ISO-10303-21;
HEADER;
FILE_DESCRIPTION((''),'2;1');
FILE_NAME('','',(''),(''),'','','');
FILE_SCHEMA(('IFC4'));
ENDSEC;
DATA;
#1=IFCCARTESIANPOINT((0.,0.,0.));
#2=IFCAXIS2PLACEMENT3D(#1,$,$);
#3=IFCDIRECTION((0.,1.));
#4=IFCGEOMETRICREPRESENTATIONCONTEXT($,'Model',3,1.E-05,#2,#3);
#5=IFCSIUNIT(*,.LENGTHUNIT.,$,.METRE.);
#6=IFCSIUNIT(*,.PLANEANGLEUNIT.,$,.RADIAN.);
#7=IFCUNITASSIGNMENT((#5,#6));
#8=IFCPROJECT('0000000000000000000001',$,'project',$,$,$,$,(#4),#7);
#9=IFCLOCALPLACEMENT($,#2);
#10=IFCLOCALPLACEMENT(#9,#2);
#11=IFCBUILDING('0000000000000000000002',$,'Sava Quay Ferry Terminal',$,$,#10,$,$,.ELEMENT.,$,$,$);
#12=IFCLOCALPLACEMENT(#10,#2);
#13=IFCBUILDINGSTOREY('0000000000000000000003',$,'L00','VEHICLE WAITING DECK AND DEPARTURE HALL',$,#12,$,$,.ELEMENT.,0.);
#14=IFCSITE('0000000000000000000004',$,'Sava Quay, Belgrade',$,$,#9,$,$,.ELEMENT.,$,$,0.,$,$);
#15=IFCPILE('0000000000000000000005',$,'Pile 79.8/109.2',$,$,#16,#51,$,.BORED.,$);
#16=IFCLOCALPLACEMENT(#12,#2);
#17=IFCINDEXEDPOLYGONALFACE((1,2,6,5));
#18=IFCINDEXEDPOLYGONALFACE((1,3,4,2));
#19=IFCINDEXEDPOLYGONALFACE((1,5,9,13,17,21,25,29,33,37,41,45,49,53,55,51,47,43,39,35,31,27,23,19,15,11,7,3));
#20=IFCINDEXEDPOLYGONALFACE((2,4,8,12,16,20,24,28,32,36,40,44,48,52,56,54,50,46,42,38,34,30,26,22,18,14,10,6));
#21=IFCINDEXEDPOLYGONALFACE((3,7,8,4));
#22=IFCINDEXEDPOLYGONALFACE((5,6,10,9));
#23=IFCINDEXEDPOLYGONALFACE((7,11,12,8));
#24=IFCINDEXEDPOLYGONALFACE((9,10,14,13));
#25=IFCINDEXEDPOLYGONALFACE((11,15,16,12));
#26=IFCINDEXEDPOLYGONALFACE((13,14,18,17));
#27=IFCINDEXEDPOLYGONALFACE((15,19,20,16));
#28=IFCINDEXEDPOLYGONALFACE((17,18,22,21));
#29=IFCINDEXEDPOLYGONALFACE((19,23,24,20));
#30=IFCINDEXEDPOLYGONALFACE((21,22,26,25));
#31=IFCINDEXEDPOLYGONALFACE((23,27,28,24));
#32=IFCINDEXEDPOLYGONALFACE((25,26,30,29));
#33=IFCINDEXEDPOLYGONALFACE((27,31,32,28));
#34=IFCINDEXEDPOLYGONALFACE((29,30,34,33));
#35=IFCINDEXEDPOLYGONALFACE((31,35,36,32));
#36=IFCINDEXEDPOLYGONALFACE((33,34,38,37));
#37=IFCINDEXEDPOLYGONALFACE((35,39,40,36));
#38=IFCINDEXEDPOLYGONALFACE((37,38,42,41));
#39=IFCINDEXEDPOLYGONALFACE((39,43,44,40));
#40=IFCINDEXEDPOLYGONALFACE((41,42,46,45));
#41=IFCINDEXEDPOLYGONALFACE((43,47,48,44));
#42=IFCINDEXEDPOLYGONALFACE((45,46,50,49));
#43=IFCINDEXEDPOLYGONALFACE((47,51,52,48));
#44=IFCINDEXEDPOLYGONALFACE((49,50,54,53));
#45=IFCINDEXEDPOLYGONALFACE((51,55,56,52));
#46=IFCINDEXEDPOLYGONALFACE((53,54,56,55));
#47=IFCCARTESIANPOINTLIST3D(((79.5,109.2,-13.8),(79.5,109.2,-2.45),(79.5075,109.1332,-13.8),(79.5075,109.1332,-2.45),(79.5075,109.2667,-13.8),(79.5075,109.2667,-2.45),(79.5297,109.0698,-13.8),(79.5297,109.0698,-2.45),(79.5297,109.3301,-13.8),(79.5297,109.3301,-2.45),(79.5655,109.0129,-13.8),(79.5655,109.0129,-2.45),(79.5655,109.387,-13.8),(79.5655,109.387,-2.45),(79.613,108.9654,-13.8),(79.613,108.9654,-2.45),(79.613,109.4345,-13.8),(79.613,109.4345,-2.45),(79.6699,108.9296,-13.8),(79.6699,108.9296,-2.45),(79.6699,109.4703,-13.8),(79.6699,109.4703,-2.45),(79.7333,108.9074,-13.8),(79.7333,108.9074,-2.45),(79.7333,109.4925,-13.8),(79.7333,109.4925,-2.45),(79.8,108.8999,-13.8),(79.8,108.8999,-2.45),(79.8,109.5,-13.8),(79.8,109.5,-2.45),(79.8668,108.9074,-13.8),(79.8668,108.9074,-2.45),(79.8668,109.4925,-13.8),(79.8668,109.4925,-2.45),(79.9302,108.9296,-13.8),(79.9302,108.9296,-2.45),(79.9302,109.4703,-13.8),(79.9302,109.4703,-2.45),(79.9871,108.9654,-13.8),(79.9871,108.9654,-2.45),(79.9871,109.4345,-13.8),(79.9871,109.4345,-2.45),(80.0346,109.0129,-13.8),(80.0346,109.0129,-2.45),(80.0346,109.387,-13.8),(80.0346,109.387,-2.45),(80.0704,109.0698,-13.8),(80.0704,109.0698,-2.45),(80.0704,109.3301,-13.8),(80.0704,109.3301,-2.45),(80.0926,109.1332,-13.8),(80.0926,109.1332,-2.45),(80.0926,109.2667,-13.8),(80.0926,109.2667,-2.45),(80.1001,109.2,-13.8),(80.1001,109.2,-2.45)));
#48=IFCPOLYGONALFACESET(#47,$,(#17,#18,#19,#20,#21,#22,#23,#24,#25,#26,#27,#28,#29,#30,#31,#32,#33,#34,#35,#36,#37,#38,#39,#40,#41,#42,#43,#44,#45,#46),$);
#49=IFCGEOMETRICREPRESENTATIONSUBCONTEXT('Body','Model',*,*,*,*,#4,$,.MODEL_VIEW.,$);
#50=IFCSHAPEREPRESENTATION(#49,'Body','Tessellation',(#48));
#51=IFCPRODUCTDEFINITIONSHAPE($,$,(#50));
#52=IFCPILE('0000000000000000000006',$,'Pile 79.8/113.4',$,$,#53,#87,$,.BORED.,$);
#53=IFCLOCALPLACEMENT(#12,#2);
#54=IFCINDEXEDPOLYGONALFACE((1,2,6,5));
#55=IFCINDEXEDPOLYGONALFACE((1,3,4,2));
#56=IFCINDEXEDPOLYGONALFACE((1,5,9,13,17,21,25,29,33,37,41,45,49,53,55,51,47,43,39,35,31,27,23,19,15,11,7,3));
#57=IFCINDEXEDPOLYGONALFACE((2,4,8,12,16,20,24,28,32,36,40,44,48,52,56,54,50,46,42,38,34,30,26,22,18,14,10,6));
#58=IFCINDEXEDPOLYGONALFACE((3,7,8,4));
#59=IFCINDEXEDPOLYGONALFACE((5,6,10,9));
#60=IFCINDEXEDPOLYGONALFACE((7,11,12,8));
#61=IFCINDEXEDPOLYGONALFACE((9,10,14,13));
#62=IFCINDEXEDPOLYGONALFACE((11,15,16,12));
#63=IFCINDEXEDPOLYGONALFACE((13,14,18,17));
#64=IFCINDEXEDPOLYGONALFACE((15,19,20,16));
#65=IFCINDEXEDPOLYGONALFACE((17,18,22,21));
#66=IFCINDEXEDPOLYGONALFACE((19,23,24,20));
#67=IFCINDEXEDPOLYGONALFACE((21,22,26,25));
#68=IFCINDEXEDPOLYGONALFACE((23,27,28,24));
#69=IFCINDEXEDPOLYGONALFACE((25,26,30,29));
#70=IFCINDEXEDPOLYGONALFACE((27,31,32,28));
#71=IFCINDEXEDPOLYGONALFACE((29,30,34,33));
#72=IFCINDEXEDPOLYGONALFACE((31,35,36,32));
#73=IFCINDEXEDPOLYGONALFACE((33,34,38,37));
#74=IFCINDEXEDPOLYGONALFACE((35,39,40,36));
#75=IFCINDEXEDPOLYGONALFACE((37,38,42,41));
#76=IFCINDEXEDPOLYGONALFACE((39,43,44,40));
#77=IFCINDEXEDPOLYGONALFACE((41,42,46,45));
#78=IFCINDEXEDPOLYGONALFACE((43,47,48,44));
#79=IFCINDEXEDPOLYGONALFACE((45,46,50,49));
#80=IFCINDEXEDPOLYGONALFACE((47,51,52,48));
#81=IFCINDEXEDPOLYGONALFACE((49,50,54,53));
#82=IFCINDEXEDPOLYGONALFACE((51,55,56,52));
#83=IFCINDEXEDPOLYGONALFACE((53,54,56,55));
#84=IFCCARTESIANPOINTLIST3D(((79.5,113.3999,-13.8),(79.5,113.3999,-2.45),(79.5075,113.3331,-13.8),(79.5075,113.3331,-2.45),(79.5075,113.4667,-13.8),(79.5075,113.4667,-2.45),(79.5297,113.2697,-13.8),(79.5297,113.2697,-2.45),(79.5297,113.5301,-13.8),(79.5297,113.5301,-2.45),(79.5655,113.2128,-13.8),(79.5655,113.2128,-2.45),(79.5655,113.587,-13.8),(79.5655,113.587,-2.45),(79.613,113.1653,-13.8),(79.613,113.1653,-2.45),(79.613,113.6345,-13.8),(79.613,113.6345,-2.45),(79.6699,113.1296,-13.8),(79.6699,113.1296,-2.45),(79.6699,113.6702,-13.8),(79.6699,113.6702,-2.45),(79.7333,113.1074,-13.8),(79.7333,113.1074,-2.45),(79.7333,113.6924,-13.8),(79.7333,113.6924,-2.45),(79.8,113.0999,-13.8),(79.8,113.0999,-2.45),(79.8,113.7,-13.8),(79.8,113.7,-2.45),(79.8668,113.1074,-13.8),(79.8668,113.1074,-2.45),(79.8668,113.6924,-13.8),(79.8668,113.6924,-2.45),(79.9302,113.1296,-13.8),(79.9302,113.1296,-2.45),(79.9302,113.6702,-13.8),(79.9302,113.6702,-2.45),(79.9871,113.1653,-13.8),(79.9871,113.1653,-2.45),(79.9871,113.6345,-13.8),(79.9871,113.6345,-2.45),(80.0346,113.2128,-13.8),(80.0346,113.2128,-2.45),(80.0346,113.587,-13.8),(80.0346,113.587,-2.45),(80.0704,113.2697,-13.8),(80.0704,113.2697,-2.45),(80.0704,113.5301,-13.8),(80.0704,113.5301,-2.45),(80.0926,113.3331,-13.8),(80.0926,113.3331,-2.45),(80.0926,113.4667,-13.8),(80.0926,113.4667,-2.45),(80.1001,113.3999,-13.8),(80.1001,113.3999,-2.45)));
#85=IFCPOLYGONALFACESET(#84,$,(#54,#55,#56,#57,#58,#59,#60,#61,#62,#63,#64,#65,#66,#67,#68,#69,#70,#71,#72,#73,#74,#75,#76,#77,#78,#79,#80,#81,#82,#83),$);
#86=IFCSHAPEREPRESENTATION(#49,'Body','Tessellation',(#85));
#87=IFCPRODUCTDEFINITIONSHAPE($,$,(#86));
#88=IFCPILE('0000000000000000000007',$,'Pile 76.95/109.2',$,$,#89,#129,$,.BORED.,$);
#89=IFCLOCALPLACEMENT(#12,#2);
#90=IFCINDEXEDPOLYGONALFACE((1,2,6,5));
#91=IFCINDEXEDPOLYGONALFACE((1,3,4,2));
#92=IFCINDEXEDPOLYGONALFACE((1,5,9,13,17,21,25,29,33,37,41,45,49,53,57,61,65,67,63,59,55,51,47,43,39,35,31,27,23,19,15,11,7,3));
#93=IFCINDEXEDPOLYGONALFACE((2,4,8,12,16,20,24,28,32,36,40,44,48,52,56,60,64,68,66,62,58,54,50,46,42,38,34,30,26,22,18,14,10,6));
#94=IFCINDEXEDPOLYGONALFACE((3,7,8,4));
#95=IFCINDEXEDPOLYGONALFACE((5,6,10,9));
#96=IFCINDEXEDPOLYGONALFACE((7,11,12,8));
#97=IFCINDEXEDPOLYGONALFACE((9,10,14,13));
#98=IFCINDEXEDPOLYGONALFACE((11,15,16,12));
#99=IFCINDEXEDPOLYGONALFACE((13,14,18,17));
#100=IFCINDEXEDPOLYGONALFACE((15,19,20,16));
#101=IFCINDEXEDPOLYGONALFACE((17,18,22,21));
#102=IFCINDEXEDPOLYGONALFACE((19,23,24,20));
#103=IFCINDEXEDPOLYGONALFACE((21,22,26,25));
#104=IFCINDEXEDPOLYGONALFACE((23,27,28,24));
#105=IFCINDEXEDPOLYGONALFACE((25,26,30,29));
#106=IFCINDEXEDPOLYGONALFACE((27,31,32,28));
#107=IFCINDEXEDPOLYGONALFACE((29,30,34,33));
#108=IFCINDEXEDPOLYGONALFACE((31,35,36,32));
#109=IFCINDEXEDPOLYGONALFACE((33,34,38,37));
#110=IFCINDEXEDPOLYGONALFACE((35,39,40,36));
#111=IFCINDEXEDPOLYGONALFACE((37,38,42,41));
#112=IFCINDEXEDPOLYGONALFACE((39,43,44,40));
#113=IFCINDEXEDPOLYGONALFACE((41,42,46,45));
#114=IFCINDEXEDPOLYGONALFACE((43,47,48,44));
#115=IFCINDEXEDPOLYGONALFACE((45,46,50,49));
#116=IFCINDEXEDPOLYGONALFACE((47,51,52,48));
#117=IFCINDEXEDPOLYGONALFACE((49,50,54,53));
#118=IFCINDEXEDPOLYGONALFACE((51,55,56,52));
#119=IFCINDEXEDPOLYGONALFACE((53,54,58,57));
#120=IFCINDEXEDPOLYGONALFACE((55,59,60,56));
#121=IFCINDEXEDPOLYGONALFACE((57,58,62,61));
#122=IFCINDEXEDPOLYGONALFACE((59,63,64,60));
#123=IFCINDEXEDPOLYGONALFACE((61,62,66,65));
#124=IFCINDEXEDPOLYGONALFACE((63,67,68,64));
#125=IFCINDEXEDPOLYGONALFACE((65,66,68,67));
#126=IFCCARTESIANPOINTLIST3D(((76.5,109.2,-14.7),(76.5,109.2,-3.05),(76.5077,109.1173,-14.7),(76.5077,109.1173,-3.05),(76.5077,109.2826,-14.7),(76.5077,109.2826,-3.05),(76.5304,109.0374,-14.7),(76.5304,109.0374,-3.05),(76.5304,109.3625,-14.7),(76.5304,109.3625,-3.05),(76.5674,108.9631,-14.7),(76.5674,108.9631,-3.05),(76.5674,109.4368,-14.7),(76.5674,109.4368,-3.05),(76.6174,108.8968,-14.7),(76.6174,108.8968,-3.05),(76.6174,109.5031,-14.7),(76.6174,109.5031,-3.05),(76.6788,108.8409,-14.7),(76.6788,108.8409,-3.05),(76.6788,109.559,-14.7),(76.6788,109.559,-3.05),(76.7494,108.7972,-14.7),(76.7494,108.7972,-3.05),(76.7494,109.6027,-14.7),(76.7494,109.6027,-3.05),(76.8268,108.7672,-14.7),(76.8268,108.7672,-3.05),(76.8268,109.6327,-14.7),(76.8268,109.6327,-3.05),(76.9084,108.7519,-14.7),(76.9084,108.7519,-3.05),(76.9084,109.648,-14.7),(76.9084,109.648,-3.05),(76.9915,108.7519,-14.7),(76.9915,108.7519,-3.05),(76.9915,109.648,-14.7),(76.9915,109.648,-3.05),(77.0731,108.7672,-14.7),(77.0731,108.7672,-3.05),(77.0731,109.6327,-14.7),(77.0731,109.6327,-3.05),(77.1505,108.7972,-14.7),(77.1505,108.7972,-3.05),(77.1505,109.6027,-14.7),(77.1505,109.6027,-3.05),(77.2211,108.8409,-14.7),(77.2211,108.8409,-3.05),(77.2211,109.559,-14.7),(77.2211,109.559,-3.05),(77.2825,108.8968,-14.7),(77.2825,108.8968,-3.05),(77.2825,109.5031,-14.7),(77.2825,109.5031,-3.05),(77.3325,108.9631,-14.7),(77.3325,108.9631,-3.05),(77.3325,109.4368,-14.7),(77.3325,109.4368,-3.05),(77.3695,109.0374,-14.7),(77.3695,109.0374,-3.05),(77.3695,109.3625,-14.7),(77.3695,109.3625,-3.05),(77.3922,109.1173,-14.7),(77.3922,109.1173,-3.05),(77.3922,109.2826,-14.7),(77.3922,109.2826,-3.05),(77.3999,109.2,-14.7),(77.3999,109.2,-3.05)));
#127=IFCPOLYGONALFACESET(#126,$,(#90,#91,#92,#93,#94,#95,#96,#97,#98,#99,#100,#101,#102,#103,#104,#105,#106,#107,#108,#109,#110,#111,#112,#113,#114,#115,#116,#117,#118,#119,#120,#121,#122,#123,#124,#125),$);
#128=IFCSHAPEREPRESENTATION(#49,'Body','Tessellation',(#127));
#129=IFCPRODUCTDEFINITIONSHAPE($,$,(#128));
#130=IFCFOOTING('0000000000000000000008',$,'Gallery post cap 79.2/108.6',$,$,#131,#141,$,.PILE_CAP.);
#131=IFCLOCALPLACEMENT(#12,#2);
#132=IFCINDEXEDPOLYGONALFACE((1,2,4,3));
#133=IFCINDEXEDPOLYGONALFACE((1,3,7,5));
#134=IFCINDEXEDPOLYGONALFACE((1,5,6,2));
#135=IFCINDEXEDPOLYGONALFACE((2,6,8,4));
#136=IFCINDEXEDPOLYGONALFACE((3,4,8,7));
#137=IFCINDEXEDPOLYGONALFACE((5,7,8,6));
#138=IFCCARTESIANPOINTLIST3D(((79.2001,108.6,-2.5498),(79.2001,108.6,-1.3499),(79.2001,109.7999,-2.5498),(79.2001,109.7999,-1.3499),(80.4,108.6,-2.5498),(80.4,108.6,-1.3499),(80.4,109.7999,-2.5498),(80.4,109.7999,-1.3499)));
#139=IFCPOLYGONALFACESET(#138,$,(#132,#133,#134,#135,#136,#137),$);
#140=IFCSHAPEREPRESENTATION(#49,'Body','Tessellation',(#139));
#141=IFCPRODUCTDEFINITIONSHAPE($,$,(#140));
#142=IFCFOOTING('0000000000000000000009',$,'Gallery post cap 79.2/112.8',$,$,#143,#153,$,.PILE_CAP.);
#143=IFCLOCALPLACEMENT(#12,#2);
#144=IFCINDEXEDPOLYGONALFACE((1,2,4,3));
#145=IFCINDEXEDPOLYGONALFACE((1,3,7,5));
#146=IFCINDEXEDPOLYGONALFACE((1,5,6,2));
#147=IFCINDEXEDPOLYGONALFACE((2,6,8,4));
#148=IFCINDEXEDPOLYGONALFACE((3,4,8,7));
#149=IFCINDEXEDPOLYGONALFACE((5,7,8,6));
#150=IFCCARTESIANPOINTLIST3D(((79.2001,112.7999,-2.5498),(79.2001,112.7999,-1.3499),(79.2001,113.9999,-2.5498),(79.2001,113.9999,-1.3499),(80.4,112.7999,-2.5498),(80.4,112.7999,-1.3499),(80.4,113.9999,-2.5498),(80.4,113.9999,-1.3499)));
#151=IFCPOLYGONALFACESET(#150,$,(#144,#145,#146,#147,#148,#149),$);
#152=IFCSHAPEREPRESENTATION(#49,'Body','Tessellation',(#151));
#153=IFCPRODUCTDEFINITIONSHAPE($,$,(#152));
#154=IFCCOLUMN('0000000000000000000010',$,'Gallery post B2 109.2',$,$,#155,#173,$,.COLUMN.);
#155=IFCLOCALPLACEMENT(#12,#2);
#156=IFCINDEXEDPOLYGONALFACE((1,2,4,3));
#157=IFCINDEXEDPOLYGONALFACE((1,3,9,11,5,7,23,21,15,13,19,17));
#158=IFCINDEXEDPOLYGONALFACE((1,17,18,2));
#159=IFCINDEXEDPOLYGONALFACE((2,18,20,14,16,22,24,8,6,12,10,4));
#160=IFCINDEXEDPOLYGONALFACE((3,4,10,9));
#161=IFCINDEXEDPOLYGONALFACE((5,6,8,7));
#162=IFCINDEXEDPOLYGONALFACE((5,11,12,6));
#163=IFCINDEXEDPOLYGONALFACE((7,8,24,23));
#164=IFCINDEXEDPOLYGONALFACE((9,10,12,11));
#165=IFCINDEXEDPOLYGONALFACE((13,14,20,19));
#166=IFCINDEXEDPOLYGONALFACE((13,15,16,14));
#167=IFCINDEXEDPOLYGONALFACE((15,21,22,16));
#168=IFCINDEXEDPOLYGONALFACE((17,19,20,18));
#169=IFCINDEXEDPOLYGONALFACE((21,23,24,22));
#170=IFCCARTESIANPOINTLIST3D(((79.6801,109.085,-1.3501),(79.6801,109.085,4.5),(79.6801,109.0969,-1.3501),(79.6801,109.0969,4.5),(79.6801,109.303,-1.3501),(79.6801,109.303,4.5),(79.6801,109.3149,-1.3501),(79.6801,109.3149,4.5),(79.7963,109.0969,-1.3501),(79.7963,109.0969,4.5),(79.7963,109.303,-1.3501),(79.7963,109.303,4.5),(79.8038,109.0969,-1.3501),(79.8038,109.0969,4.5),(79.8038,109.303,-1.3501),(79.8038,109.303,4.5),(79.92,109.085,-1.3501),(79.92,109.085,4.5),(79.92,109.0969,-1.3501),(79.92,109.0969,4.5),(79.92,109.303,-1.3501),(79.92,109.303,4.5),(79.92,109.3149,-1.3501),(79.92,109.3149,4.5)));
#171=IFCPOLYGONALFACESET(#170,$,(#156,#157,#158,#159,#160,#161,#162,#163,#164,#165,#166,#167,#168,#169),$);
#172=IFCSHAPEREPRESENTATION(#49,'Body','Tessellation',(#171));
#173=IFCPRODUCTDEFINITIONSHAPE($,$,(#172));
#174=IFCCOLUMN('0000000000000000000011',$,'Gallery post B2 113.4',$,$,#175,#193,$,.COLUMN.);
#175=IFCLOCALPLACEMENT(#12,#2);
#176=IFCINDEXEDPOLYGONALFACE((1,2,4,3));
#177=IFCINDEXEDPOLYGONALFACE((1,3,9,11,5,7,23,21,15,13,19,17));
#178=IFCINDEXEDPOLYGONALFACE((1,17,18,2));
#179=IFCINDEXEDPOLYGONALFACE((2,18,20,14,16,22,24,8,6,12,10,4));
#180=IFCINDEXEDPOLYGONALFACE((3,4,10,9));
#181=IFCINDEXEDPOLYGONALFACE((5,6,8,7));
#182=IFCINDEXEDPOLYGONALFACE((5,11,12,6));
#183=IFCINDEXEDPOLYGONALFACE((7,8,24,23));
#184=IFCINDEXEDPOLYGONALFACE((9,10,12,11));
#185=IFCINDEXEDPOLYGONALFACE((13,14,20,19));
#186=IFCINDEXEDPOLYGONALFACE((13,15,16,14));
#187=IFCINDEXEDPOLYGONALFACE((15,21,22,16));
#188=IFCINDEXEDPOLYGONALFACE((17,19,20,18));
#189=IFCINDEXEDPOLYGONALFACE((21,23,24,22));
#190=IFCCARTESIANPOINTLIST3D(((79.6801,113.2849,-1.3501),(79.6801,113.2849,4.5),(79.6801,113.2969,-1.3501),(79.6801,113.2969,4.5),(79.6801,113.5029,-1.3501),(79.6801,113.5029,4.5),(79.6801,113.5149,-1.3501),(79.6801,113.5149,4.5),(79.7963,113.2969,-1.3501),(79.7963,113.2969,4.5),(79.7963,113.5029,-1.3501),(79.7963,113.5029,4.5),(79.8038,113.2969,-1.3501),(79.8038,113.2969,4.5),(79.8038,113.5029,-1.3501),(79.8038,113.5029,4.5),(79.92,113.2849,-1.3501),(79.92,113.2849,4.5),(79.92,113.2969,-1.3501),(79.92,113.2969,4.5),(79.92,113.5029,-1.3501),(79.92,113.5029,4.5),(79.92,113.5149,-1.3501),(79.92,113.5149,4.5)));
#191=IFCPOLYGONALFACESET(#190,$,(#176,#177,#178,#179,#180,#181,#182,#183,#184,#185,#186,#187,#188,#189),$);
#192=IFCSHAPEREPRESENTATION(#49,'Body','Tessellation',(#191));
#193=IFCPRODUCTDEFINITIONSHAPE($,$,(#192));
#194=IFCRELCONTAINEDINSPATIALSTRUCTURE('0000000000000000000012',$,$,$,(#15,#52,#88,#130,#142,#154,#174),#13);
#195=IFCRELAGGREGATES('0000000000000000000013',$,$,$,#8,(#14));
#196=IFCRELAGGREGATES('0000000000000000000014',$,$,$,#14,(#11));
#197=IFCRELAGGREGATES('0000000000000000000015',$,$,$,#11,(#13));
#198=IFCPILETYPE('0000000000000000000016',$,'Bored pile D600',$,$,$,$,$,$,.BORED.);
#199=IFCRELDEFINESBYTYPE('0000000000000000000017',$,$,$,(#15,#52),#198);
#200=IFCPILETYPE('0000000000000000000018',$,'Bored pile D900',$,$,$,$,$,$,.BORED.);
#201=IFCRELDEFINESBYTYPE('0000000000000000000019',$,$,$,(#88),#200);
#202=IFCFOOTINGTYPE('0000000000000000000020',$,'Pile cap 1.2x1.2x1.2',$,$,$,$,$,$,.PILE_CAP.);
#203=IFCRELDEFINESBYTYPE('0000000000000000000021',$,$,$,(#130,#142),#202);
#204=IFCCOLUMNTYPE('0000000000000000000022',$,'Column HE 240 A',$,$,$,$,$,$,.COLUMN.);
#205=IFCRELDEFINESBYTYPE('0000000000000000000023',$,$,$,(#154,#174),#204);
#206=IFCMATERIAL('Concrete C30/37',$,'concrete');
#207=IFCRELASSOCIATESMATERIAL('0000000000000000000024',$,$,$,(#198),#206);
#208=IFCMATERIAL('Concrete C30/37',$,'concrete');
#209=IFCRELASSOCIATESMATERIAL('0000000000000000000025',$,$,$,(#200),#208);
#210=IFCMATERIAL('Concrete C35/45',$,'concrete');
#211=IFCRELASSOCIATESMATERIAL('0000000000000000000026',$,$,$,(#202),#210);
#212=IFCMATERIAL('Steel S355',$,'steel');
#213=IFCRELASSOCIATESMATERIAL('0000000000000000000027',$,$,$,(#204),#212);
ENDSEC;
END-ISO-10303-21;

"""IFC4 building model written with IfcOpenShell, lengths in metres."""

from ifc_helpers import new_model, si_unit, direction, frame, origin, origin_2d, place, context, subcontext, project, spatial, rectangle, circle, i_section, extrude, material, material_profile, profile_set, type_object, element, save


model = new_model("IFC4")

# Units and contexts
model_context = context("Model", 3, precision=1e-05, world=origin(), true_north=direction((0.0, 1.0)))
body_context = subcontext(model_context, "Body", "Model", "MODEL_VIEW")
ifc_project = project(units=[si_unit("LENGTHUNIT", "METRE"), si_unit("PLANEANGLEUNIT", "RADIAN")], contexts=[model_context])

# Site, building, storey
site_placement = place(None, origin())
site = spatial("IfcSite", under=ifc_project, at=site_placement, Name="Sava Quay, Belgrade", CompositionType="ELEMENT", RefElevation=0.0)
building_placement = place(site_placement, origin())
building = spatial("IfcBuilding", under=site, at=building_placement, Name="Sava Quay Ferry Terminal", CompositionType="ELEMENT")
storey_placement = place(building_placement, origin())
storey = spatial("IfcBuildingStorey", under=building, at=storey_placement, Name="L00", Description="VEHICLE WAITING DECK AND DEPARTURE HALL", CompositionType="ELEMENT", Elevation=0.0)

# Piles
ifc_material_1 = material(Name="Concrete C30/37", Category="concrete")
ifc_material_profile_1 = material_profile(ifc_material_1, circle(Radius=0.3, at=origin_2d()), Name="Bored pile D600")
ifc_profile_set_1 = profile_set([ifc_material_profile_1], Name="Concrete C30/37")
pile_type_1 = type_object("IfcPileType", Name="Bored pile D600", PredefinedType="BORED", material=ifc_profile_set_1)
for number, where, z_axis, x_axis, name in (
    (1, (79.8, 109.2, -2.45), (0.0, 0.0, -1.0), (1.0, 0.0, 0.0), "Pile 79.8/109.2"),
    (2, (79.8, 113.3999, -2.45), (0.0, 0.0, -1.0), (1.0, 0.0, 0.0), "Pile 79.8/113.4"),
):
    element("IfcPile", number, at=place(storey_placement, frame(where, z_axis=z_axis, x_axis=x_axis)), inside=storey, type_object=pile_type_1, Name=name, PredefinedType="BORED", context=body_context, shape_type="SweptSolid", body=[
        extrude(circle(Radius=0.3, at=origin_2d()), origin(), (0.0, 0.0, 1.0), 11.3501),
    ])
ifc_material_2 = material(Name="Concrete C30/37", Category="concrete")
ifc_material_profile_2 = material_profile(ifc_material_2, circle(Radius=0.45, at=origin_2d()), Name="Bored pile D900")
ifc_profile_set_2 = profile_set([ifc_material_profile_2], Name="Concrete C30/37")
pile_type_2 = type_object("IfcPileType", Name="Bored pile D900", PredefinedType="BORED", material=ifc_profile_set_2)
pile_placement = place(storey_placement, frame((76.95, 109.2, -3.05), z_axis=(0.0, 0.0, -1.0), x_axis=(1.0, 0.0, 0.0)))
element("IfcPile", 3, at=pile_placement, inside=storey, type_object=pile_type_2, Name="Pile 76.95/109.2", PredefinedType="BORED", context=body_context, shape_type="SweptSolid", body=[
    extrude(circle(Radius=0.45, at=origin_2d()), origin(), (0.0, 0.0, 1.0), 11.6499),
])

# Footings
ifc_material_3 = material(Name="Concrete C35/45", Category="concrete")
footing_type = type_object("IfcFootingType", Name="Pile cap 1.2x1.2x1.2", PredefinedType="PILE_CAP", material=ifc_material_3)
for number, where, z_axis, x_axis, name in (
    (4, (79.8, 109.2, -2.5498), (0.0, 0.0, 1.0), (1.0, 0.0, 0.0), "Gallery post cap 79.2/108.6"),
    (5, (79.8, 113.3999, -2.5498), (0.0, 0.0, 1.0), (1.0, 0.0, 0.0), "Gallery post cap 79.2/112.8"),
):
    element("IfcFooting", number, at=place(storey_placement, frame(where, z_axis=z_axis, x_axis=x_axis)), inside=storey, type_object=footing_type, Name=name, PredefinedType="PILE_CAP", context=body_context, shape_type="SweptSolid", body=[
        extrude(rectangle(XDim=1.2, YDim=1.2, at=origin_2d()), origin(), (0.0, 0.0, 1.0), 1.2),
    ])

# Columns
ifc_material_4 = material(Name="Steel S355", Category="steel")
ifc_material_profile_3 = material_profile(ifc_material_4, i_section(OverallWidth=0.24, OverallDepth=0.23, WebThickness=0.0076, FlangeThickness=0.012, at=origin_2d()), Name="HE 240 A")
ifc_profile_set_3 = profile_set([ifc_material_profile_3], Name="Steel S355")
column_type = type_object("IfcColumnType", Name="Column HE 240 A", PredefinedType="COLUMN", material=ifc_profile_set_3)
for number, where, z_axis, x_axis, name in (
    (6, (79.8, 109.2, -1.3501), (0.0, 0.0, 1.0), (1.0, 0.0, 0.0), "Gallery post B2 109.2"),
    (7, (79.8, 113.3999, -1.3501), (0.0, 0.0, 1.0), (1.0, 0.0, 0.0), "Gallery post B2 113.4"),
):
    element("IfcColumn", number, at=place(storey_placement, frame(where, z_axis=z_axis, x_axis=x_axis)), inside=storey, type_object=column_type, Name=name, PredefinedType="COLUMN", context=body_context, shape_type="SweptSolid", body=[
        extrude(i_section(OverallWidth=0.24, OverallDepth=0.23, WebThickness=0.0076, FlangeThickness=0.012, at=origin_2d()), origin(), (0.0, 0.0, 1.0), 5.8501),
    ])

save(model, "model.ifc")
